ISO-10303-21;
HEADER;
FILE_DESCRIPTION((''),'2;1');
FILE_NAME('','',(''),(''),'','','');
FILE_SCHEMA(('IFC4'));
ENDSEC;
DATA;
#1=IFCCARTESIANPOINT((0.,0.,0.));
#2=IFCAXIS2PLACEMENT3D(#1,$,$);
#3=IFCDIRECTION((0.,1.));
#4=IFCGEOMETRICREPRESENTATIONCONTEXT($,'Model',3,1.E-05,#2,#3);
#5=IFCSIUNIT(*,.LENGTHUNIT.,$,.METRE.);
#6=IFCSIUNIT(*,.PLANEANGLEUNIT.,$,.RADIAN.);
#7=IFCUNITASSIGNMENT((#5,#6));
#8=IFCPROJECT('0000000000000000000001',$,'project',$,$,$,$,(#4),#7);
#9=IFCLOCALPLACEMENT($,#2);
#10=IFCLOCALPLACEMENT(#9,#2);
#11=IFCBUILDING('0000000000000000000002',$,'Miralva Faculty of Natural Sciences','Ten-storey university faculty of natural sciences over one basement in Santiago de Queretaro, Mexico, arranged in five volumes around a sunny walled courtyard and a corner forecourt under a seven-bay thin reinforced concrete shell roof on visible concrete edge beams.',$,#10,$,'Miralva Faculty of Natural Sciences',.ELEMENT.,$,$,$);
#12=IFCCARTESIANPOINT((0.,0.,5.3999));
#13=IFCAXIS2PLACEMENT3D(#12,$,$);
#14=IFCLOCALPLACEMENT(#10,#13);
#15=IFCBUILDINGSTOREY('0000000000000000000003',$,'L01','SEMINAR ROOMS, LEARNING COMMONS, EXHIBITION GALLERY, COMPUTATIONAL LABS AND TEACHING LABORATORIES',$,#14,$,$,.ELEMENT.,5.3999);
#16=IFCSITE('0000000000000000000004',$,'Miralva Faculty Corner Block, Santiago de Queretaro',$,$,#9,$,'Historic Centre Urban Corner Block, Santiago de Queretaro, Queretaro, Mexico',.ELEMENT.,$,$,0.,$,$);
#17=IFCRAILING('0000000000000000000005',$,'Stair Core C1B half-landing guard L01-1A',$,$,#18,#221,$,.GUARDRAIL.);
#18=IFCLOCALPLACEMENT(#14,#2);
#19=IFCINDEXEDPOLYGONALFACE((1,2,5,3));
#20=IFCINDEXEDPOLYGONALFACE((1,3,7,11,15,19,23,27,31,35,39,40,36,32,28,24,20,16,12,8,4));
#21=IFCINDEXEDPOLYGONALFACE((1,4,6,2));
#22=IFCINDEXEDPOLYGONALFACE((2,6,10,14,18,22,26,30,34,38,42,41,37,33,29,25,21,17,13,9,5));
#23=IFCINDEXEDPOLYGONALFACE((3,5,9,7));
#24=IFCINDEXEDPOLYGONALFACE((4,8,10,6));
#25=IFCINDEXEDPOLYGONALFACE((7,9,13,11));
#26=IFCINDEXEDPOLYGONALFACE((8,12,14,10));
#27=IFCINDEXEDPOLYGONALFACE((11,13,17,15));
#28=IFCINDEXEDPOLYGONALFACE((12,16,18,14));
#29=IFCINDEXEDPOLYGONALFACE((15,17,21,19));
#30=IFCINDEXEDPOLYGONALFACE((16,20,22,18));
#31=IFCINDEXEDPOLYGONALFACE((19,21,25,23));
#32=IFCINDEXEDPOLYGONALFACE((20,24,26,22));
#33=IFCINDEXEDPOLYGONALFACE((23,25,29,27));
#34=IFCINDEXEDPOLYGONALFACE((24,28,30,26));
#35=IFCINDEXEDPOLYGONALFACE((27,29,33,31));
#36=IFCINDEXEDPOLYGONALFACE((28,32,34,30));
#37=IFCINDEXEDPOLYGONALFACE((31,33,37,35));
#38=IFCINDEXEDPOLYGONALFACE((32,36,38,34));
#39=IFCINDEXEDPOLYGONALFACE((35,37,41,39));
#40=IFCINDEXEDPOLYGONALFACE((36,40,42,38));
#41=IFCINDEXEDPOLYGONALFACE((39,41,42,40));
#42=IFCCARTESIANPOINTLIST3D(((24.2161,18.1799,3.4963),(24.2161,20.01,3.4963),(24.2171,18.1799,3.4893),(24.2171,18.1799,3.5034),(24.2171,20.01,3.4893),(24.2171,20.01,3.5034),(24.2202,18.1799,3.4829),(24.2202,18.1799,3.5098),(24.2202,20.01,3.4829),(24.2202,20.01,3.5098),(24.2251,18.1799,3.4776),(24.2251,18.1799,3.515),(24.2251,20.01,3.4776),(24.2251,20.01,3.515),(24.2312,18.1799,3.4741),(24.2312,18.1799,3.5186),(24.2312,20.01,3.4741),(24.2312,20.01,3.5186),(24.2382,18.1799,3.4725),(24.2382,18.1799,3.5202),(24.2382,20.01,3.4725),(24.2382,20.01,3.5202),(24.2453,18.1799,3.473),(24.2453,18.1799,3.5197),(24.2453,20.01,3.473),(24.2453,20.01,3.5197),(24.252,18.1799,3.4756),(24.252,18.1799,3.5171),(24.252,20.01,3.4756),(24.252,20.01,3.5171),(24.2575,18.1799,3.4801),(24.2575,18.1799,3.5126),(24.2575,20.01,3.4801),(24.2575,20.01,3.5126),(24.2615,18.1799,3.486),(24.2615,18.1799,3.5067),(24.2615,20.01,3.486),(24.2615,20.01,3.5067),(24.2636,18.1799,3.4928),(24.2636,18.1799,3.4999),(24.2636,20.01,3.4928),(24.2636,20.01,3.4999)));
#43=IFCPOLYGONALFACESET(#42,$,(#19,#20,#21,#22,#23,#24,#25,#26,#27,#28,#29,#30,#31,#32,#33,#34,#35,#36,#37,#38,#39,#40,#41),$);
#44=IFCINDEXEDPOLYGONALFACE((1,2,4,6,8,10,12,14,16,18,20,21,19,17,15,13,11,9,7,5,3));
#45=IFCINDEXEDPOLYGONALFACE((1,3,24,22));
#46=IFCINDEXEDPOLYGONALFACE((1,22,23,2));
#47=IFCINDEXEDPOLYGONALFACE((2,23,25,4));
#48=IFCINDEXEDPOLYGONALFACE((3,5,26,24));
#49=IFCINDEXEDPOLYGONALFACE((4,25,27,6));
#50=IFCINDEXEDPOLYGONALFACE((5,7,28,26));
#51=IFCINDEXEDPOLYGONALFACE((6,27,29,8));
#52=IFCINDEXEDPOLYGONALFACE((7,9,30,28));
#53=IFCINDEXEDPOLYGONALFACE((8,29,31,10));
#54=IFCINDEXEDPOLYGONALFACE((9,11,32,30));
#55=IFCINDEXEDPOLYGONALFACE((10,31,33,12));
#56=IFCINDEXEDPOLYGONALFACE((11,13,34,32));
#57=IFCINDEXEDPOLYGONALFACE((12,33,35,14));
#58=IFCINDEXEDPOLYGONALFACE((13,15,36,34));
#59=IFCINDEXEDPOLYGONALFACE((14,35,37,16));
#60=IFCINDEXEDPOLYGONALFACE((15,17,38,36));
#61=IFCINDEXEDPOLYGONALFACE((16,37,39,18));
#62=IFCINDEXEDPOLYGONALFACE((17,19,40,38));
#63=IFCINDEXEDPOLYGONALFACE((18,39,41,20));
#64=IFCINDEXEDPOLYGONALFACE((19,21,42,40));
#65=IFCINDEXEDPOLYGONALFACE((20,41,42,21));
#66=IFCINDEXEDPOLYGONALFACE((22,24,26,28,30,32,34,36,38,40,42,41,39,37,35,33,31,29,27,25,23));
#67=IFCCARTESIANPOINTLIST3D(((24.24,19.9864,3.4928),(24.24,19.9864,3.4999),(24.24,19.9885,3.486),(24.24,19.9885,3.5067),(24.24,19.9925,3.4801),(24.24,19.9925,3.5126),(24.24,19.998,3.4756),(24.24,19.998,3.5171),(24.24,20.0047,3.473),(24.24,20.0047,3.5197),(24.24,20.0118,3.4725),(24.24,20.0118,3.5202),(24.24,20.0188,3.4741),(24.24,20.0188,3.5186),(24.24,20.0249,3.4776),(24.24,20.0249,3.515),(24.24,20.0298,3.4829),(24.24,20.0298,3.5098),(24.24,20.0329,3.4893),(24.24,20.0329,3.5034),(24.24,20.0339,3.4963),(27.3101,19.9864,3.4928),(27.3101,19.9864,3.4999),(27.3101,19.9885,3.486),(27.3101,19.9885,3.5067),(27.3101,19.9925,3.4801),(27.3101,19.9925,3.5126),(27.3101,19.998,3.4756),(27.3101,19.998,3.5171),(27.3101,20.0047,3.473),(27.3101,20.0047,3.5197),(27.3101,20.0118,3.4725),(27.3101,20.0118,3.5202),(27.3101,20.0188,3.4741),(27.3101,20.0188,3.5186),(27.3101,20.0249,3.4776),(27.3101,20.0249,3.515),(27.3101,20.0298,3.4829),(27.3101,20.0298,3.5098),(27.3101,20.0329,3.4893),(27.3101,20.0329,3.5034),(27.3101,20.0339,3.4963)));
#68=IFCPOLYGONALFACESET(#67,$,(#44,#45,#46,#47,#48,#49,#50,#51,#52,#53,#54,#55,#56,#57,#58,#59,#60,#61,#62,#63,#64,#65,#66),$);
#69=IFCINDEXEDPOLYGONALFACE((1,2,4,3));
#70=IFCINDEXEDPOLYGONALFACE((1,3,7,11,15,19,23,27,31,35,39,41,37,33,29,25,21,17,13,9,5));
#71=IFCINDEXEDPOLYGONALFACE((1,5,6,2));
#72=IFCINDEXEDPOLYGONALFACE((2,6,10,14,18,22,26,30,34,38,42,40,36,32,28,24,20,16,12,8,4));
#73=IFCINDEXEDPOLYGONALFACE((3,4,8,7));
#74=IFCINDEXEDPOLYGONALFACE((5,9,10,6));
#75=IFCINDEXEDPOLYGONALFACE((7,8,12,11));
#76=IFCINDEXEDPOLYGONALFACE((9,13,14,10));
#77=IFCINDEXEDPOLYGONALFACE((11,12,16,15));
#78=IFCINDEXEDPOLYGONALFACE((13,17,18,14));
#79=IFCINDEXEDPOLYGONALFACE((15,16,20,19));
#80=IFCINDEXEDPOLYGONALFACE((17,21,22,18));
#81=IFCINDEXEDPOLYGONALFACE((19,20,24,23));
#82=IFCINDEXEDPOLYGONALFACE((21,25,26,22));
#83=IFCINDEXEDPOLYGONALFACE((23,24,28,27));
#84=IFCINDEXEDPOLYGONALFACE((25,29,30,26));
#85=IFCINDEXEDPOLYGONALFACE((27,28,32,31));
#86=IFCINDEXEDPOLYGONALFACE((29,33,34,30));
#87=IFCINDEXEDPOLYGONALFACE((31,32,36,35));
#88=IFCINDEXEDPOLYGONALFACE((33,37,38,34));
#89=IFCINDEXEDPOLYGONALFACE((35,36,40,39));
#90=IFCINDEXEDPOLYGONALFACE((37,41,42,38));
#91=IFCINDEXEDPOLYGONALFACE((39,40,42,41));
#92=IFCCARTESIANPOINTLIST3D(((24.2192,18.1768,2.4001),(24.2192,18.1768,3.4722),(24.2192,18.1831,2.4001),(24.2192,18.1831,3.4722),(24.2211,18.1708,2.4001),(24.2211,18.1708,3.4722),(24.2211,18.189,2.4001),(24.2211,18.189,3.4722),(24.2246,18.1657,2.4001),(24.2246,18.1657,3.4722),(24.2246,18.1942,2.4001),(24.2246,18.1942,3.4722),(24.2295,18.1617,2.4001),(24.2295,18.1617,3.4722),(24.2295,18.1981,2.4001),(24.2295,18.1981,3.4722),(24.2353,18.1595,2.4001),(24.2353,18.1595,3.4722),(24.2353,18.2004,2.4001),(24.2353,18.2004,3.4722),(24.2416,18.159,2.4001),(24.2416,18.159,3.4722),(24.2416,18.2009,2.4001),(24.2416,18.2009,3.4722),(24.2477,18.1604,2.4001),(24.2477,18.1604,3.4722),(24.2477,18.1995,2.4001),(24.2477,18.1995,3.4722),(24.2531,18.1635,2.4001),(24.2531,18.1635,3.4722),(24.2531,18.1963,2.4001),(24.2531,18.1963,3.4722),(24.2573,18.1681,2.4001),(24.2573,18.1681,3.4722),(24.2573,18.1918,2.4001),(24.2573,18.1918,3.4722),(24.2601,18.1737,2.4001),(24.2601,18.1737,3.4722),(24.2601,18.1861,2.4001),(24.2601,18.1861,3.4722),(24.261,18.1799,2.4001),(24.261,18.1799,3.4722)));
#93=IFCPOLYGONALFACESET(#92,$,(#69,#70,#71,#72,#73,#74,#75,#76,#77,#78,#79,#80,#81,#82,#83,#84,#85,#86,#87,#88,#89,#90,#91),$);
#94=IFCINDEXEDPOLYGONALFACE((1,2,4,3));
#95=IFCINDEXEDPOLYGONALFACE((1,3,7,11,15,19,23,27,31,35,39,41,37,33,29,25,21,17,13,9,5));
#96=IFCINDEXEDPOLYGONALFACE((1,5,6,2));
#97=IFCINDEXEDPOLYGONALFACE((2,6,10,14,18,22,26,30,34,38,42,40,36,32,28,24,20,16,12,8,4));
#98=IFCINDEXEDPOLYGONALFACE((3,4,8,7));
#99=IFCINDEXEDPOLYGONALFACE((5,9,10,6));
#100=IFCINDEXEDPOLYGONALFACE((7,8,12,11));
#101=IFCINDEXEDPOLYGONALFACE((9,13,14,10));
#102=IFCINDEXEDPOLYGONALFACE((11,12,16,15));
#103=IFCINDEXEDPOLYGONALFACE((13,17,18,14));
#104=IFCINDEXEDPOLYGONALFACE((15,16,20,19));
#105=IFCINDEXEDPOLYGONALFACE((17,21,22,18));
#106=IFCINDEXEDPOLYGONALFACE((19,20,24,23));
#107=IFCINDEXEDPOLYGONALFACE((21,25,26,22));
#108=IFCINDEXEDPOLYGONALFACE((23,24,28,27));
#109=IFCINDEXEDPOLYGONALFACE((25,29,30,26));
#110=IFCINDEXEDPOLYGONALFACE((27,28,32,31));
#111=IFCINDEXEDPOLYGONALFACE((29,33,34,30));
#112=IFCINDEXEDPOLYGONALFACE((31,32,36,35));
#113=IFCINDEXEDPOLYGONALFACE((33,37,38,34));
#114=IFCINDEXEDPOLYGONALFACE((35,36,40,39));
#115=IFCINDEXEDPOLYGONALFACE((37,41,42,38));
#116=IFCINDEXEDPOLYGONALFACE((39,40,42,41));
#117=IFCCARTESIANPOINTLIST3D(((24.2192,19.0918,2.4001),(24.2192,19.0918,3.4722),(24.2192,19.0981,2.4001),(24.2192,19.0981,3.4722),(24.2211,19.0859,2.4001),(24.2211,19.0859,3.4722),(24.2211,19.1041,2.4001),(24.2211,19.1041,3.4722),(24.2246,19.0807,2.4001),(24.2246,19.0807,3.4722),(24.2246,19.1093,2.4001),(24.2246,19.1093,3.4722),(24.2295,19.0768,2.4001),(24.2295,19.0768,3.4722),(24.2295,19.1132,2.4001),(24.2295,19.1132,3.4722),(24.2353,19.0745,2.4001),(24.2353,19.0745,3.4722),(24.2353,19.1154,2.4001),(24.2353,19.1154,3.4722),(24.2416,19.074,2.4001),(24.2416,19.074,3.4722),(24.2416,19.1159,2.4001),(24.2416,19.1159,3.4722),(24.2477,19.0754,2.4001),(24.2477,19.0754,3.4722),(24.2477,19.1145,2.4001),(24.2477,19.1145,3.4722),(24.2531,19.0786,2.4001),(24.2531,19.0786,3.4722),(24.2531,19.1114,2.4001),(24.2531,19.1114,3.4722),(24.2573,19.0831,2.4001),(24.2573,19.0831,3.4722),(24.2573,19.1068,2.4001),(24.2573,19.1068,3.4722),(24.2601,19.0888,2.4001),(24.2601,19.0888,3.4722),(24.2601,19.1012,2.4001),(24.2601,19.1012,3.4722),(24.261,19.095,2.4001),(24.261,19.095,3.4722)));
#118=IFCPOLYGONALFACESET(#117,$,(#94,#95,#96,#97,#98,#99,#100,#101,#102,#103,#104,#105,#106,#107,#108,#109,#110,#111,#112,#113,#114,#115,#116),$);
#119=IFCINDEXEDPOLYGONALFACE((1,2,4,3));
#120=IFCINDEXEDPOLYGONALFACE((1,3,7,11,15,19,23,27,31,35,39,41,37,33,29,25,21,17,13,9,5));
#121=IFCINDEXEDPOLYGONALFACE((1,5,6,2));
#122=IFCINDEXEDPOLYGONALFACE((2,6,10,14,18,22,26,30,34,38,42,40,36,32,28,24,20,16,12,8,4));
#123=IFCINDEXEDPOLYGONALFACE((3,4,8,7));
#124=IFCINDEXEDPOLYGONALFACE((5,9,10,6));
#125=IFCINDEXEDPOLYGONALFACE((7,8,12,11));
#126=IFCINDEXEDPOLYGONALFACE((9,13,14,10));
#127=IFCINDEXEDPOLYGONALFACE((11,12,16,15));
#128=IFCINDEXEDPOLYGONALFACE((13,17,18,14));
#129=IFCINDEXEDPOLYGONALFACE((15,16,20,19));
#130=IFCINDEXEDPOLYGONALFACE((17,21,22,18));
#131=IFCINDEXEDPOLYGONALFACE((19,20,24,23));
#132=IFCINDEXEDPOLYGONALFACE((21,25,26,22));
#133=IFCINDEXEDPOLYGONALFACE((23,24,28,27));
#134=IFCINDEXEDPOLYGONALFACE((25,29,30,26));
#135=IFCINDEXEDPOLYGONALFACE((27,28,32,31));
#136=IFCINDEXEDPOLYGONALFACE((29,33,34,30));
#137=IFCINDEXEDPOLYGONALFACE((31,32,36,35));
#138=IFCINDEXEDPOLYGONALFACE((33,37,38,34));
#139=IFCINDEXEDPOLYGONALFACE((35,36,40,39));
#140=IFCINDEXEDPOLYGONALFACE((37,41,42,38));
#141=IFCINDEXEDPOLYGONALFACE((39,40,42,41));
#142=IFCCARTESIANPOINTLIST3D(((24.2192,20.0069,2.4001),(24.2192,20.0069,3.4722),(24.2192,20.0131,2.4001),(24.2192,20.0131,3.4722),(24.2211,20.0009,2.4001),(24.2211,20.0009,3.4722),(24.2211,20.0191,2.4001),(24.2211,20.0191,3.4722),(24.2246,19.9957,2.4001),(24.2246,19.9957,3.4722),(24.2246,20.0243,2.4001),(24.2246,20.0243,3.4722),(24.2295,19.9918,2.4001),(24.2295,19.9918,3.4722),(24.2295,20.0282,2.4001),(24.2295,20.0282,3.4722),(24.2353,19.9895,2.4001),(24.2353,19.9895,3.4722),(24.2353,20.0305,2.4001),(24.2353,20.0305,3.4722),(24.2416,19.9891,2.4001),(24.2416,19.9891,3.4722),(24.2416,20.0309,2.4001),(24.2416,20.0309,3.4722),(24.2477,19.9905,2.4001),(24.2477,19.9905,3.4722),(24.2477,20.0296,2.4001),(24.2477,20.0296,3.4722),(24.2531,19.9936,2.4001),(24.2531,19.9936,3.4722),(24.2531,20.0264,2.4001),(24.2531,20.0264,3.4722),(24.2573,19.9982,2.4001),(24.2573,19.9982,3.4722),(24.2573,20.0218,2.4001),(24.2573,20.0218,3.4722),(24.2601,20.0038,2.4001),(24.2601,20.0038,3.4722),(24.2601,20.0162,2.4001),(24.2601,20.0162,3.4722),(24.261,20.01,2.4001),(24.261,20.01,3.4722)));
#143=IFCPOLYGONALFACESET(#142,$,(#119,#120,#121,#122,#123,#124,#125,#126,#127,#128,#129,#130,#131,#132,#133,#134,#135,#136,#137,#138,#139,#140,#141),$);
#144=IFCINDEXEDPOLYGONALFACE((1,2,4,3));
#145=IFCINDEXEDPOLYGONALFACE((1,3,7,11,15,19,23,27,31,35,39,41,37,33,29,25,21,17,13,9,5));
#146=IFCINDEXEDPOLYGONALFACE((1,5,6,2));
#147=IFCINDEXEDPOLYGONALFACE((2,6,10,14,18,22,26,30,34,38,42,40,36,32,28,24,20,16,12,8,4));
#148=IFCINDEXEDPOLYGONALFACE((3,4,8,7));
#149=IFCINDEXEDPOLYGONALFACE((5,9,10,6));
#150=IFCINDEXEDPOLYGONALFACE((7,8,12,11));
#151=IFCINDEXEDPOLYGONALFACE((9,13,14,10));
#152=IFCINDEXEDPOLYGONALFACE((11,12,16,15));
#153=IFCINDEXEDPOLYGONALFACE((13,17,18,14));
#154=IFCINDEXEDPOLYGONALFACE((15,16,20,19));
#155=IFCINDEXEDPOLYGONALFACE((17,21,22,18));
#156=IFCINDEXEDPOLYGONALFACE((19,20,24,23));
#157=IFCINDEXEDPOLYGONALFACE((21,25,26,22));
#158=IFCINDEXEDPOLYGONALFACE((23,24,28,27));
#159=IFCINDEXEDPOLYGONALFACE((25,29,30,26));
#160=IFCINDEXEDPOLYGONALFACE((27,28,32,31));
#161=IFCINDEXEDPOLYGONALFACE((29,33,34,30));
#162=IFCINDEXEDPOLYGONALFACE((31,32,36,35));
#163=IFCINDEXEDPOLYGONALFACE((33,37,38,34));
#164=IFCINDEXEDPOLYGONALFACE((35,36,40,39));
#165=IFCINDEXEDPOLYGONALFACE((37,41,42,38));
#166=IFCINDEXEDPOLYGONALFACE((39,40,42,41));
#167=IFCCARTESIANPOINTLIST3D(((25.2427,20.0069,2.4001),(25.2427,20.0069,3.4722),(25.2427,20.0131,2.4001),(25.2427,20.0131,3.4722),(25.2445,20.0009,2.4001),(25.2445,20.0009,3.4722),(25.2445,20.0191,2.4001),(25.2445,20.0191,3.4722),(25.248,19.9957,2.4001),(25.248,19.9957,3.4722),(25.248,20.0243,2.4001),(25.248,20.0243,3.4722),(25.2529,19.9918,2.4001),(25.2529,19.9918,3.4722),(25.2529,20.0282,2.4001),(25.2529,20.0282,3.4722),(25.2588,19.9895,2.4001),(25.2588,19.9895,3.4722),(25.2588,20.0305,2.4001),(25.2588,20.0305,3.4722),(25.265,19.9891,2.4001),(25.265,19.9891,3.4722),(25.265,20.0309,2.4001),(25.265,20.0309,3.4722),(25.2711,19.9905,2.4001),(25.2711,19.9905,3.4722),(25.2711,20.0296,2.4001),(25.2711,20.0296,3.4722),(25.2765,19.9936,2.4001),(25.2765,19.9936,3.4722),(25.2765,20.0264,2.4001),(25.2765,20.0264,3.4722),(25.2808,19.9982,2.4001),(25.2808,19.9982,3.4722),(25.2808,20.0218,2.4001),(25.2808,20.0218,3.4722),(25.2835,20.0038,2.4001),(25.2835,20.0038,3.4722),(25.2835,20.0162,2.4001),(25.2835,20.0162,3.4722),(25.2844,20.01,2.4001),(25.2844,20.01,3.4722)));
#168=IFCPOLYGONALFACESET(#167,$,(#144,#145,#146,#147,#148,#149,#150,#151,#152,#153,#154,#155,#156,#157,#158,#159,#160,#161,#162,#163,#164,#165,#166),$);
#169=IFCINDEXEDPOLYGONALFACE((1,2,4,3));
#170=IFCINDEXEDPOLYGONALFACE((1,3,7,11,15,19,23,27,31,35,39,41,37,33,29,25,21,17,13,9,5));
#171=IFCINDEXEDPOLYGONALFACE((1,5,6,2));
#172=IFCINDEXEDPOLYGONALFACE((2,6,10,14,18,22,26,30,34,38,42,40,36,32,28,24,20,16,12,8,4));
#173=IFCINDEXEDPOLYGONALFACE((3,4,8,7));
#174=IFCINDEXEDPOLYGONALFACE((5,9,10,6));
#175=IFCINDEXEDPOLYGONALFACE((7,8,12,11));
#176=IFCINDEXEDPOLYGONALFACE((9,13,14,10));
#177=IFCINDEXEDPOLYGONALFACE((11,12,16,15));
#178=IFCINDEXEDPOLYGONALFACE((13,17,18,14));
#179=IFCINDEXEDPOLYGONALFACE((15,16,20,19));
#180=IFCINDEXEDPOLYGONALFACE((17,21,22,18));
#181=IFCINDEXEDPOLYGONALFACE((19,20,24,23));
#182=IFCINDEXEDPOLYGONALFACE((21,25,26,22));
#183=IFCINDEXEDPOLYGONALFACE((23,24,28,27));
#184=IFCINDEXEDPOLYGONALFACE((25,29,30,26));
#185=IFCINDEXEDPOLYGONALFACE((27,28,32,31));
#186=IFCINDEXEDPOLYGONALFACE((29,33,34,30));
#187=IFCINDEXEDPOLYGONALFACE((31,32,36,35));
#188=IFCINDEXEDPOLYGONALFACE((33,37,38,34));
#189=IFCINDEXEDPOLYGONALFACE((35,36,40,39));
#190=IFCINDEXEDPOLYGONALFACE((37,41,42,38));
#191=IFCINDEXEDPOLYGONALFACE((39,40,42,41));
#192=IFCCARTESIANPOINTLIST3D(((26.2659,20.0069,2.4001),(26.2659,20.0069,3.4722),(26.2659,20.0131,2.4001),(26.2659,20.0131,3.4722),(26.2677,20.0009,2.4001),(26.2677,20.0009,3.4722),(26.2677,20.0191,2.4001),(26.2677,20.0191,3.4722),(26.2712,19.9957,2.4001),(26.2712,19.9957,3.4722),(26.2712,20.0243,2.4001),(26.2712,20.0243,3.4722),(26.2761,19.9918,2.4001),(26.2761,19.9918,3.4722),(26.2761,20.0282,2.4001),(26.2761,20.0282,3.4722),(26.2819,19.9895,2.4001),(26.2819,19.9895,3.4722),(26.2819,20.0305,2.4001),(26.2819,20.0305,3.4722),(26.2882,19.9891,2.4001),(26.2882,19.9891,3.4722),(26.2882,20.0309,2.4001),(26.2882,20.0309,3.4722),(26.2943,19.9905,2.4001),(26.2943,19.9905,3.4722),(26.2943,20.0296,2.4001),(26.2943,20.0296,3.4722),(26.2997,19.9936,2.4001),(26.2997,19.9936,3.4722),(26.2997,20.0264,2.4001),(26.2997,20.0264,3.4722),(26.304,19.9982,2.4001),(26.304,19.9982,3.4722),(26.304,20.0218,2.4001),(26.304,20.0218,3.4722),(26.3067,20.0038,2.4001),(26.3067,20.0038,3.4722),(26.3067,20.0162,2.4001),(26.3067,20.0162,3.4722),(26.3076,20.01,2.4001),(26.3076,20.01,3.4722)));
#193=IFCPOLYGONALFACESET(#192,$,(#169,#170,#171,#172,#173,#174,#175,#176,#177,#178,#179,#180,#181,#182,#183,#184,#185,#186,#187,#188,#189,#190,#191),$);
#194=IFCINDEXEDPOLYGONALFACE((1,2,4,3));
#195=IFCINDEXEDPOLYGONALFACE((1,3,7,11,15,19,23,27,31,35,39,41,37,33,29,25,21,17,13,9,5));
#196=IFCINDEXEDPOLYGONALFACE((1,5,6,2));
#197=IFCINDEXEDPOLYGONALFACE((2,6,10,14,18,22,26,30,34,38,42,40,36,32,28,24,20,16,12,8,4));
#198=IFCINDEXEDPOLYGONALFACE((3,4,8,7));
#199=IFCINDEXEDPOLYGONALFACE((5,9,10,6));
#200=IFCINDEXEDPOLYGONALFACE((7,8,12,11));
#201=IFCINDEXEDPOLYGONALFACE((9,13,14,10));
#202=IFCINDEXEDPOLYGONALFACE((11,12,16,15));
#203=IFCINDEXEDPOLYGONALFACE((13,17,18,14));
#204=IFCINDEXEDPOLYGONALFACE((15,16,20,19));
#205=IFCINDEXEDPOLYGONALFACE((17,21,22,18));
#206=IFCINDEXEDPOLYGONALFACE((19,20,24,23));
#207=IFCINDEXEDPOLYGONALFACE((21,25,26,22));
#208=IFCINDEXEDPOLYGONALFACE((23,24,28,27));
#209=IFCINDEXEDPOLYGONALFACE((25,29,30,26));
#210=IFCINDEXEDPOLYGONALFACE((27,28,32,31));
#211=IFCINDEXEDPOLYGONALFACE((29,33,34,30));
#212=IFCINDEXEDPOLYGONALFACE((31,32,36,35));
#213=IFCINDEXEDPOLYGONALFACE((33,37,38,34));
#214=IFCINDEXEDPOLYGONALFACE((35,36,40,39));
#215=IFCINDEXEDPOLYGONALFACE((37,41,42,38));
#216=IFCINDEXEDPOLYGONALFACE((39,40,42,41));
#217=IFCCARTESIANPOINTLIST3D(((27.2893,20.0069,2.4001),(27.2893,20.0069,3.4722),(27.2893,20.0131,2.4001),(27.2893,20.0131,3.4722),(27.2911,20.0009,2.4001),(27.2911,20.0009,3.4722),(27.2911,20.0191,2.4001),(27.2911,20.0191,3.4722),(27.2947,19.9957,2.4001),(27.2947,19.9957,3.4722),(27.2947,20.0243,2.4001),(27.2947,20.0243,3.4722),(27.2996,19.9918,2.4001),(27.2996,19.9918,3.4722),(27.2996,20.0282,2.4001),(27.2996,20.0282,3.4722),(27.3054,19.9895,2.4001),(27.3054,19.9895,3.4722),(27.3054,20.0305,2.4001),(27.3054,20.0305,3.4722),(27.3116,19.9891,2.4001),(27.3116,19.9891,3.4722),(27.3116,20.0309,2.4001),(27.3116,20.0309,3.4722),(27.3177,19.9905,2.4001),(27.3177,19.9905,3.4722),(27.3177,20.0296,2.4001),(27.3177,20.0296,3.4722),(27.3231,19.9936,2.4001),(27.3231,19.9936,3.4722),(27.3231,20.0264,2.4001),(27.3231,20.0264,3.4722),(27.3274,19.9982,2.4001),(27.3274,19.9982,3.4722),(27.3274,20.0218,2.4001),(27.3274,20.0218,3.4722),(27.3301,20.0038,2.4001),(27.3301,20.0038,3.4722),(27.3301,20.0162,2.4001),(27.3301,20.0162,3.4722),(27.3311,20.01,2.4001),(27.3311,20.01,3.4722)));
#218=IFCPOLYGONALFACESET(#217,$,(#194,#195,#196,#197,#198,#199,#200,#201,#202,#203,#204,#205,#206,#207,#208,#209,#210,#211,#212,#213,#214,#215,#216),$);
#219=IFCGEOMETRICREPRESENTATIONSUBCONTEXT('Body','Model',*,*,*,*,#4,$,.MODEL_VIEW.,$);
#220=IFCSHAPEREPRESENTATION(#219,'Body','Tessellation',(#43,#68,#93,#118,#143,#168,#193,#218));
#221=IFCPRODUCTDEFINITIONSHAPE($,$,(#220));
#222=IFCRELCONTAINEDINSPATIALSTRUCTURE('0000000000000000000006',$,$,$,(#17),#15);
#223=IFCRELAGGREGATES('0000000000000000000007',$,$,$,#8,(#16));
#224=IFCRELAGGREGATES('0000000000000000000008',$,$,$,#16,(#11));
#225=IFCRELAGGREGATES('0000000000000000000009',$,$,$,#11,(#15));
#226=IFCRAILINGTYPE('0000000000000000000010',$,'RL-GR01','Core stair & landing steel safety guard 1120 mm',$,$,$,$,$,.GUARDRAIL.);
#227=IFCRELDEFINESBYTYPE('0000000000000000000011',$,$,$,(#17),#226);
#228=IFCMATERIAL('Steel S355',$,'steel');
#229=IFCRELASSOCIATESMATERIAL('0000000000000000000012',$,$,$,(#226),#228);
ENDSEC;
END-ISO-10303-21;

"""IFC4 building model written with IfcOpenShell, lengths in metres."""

from ifc_helpers import new_model, si_unit, direction, frame, origin, origin_2d, place, context, subcontext, project, spatial, circle, extrude, material, type_object, element, save


model = new_model("IFC4")

# Units and contexts
model_context = context("Model", 3, precision=1e-05, world=origin(), true_north=direction((0.0, 1.0)))
body_context = subcontext(model_context, "Body", "Model", "MODEL_VIEW")
ifc_project = project(units=[si_unit("LENGTHUNIT", "METRE"), si_unit("PLANEANGLEUNIT", "RADIAN")], contexts=[model_context])

# Site, building, storey
site_placement = place(None, origin())
site = spatial("IfcSite", under=ifc_project, at=site_placement, Name="Miralva Faculty Corner Block, Santiago de Queretaro", LongName="Historic Centre Urban Corner Block, Santiago de Queretaro, Queretaro, Mexico", CompositionType="ELEMENT", RefElevation=0.0)
building_placement = place(site_placement, origin())
building = spatial("IfcBuilding", under=site, at=building_placement, Name="Miralva Faculty of Natural Sciences", Description="Ten-storey university faculty of natural sciences over one basement in Santiago de Queretaro, Mexico, arranged in five volumes around a sunny walled courtyard and a corner forecourt under a seven-bay thin reinforced concrete shell roof on visible concrete edge beams.", LongName="Miralva Faculty of Natural Sciences", CompositionType="ELEMENT")
storey_placement = place(building_placement, frame((0.0, 0.0, 5.3999)))
storey = spatial("IfcBuildingStorey", under=building, at=storey_placement, Name="L01", Description="SEMINAR ROOMS, LEARNING COMMONS, EXHIBITION GALLERY, COMPUTATIONAL LABS AND TEACHING LABORATORIES", CompositionType="ELEMENT", Elevation=5.3999)

# Railing
ifc_material_1 = material(Name="Steel S355", Category="steel")
railing_type_1 = type_object("IfcRailingType", Name="RL-GR01", Description="Core stair & landing steel safety guard 1120 mm", PredefinedType="GUARDRAIL", material=ifc_material_1)
railing_1_placement = place(storey_placement, frame((24.24, 18.1799, 2.4001)))
element("IfcRailing", 1, at=railing_1_placement, inside=storey, type_object=railing_type_1, Name="Stair Core C1B half-landing guard L01-1A", PredefinedType="GUARDRAIL", context=body_context, shape_type="SweptSolid", body=[
    extrude(circle(Radius=0.0239, at=origin_2d()), frame((0.0, 0.0, 1.0962), z_axis=(0.0, 1.0, 0.0), x_axis=(-1.0, 0.0, 0.0)), (0.0, 0.0, 1.0), 1.8301),
    extrude(circle(Radius=0.0239, at=origin_2d()), frame((0.0, 1.8301, 1.0962), z_axis=(1.0, 0.0, 0.0), x_axis=(0.0, 1.0, 0.0)), (0.0, 0.0, 1.0), 3.0701),
    extrude(circle(Radius=0.021, at=origin_2d()), origin(), (0.0, 0.0, 1.0), 1.072),
    extrude(circle(Radius=0.021, at=origin_2d()), frame((0.0, 0.915, 0.0)), (0.0, 0.0, 1.0), 1.072),
    extrude(circle(Radius=0.021, at=origin_2d()), frame((0.0, 1.8301, 0.0)), (0.0, 0.0, 1.0), 1.072),
    extrude(circle(Radius=0.021, at=origin_2d()), frame((1.0234, 1.8301, 0.0)), (0.0, 0.0, 1.0), 1.072),
    extrude(circle(Radius=0.021, at=origin_2d()), frame((2.0466, 1.8301, 0.0)), (0.0, 0.0, 1.0), 1.072),
    extrude(circle(Radius=0.021, at=origin_2d()), frame((3.0701, 1.8301, 0.0)), (0.0, 0.0, 1.0), 1.072),
])

save(model, "model.ifc")
